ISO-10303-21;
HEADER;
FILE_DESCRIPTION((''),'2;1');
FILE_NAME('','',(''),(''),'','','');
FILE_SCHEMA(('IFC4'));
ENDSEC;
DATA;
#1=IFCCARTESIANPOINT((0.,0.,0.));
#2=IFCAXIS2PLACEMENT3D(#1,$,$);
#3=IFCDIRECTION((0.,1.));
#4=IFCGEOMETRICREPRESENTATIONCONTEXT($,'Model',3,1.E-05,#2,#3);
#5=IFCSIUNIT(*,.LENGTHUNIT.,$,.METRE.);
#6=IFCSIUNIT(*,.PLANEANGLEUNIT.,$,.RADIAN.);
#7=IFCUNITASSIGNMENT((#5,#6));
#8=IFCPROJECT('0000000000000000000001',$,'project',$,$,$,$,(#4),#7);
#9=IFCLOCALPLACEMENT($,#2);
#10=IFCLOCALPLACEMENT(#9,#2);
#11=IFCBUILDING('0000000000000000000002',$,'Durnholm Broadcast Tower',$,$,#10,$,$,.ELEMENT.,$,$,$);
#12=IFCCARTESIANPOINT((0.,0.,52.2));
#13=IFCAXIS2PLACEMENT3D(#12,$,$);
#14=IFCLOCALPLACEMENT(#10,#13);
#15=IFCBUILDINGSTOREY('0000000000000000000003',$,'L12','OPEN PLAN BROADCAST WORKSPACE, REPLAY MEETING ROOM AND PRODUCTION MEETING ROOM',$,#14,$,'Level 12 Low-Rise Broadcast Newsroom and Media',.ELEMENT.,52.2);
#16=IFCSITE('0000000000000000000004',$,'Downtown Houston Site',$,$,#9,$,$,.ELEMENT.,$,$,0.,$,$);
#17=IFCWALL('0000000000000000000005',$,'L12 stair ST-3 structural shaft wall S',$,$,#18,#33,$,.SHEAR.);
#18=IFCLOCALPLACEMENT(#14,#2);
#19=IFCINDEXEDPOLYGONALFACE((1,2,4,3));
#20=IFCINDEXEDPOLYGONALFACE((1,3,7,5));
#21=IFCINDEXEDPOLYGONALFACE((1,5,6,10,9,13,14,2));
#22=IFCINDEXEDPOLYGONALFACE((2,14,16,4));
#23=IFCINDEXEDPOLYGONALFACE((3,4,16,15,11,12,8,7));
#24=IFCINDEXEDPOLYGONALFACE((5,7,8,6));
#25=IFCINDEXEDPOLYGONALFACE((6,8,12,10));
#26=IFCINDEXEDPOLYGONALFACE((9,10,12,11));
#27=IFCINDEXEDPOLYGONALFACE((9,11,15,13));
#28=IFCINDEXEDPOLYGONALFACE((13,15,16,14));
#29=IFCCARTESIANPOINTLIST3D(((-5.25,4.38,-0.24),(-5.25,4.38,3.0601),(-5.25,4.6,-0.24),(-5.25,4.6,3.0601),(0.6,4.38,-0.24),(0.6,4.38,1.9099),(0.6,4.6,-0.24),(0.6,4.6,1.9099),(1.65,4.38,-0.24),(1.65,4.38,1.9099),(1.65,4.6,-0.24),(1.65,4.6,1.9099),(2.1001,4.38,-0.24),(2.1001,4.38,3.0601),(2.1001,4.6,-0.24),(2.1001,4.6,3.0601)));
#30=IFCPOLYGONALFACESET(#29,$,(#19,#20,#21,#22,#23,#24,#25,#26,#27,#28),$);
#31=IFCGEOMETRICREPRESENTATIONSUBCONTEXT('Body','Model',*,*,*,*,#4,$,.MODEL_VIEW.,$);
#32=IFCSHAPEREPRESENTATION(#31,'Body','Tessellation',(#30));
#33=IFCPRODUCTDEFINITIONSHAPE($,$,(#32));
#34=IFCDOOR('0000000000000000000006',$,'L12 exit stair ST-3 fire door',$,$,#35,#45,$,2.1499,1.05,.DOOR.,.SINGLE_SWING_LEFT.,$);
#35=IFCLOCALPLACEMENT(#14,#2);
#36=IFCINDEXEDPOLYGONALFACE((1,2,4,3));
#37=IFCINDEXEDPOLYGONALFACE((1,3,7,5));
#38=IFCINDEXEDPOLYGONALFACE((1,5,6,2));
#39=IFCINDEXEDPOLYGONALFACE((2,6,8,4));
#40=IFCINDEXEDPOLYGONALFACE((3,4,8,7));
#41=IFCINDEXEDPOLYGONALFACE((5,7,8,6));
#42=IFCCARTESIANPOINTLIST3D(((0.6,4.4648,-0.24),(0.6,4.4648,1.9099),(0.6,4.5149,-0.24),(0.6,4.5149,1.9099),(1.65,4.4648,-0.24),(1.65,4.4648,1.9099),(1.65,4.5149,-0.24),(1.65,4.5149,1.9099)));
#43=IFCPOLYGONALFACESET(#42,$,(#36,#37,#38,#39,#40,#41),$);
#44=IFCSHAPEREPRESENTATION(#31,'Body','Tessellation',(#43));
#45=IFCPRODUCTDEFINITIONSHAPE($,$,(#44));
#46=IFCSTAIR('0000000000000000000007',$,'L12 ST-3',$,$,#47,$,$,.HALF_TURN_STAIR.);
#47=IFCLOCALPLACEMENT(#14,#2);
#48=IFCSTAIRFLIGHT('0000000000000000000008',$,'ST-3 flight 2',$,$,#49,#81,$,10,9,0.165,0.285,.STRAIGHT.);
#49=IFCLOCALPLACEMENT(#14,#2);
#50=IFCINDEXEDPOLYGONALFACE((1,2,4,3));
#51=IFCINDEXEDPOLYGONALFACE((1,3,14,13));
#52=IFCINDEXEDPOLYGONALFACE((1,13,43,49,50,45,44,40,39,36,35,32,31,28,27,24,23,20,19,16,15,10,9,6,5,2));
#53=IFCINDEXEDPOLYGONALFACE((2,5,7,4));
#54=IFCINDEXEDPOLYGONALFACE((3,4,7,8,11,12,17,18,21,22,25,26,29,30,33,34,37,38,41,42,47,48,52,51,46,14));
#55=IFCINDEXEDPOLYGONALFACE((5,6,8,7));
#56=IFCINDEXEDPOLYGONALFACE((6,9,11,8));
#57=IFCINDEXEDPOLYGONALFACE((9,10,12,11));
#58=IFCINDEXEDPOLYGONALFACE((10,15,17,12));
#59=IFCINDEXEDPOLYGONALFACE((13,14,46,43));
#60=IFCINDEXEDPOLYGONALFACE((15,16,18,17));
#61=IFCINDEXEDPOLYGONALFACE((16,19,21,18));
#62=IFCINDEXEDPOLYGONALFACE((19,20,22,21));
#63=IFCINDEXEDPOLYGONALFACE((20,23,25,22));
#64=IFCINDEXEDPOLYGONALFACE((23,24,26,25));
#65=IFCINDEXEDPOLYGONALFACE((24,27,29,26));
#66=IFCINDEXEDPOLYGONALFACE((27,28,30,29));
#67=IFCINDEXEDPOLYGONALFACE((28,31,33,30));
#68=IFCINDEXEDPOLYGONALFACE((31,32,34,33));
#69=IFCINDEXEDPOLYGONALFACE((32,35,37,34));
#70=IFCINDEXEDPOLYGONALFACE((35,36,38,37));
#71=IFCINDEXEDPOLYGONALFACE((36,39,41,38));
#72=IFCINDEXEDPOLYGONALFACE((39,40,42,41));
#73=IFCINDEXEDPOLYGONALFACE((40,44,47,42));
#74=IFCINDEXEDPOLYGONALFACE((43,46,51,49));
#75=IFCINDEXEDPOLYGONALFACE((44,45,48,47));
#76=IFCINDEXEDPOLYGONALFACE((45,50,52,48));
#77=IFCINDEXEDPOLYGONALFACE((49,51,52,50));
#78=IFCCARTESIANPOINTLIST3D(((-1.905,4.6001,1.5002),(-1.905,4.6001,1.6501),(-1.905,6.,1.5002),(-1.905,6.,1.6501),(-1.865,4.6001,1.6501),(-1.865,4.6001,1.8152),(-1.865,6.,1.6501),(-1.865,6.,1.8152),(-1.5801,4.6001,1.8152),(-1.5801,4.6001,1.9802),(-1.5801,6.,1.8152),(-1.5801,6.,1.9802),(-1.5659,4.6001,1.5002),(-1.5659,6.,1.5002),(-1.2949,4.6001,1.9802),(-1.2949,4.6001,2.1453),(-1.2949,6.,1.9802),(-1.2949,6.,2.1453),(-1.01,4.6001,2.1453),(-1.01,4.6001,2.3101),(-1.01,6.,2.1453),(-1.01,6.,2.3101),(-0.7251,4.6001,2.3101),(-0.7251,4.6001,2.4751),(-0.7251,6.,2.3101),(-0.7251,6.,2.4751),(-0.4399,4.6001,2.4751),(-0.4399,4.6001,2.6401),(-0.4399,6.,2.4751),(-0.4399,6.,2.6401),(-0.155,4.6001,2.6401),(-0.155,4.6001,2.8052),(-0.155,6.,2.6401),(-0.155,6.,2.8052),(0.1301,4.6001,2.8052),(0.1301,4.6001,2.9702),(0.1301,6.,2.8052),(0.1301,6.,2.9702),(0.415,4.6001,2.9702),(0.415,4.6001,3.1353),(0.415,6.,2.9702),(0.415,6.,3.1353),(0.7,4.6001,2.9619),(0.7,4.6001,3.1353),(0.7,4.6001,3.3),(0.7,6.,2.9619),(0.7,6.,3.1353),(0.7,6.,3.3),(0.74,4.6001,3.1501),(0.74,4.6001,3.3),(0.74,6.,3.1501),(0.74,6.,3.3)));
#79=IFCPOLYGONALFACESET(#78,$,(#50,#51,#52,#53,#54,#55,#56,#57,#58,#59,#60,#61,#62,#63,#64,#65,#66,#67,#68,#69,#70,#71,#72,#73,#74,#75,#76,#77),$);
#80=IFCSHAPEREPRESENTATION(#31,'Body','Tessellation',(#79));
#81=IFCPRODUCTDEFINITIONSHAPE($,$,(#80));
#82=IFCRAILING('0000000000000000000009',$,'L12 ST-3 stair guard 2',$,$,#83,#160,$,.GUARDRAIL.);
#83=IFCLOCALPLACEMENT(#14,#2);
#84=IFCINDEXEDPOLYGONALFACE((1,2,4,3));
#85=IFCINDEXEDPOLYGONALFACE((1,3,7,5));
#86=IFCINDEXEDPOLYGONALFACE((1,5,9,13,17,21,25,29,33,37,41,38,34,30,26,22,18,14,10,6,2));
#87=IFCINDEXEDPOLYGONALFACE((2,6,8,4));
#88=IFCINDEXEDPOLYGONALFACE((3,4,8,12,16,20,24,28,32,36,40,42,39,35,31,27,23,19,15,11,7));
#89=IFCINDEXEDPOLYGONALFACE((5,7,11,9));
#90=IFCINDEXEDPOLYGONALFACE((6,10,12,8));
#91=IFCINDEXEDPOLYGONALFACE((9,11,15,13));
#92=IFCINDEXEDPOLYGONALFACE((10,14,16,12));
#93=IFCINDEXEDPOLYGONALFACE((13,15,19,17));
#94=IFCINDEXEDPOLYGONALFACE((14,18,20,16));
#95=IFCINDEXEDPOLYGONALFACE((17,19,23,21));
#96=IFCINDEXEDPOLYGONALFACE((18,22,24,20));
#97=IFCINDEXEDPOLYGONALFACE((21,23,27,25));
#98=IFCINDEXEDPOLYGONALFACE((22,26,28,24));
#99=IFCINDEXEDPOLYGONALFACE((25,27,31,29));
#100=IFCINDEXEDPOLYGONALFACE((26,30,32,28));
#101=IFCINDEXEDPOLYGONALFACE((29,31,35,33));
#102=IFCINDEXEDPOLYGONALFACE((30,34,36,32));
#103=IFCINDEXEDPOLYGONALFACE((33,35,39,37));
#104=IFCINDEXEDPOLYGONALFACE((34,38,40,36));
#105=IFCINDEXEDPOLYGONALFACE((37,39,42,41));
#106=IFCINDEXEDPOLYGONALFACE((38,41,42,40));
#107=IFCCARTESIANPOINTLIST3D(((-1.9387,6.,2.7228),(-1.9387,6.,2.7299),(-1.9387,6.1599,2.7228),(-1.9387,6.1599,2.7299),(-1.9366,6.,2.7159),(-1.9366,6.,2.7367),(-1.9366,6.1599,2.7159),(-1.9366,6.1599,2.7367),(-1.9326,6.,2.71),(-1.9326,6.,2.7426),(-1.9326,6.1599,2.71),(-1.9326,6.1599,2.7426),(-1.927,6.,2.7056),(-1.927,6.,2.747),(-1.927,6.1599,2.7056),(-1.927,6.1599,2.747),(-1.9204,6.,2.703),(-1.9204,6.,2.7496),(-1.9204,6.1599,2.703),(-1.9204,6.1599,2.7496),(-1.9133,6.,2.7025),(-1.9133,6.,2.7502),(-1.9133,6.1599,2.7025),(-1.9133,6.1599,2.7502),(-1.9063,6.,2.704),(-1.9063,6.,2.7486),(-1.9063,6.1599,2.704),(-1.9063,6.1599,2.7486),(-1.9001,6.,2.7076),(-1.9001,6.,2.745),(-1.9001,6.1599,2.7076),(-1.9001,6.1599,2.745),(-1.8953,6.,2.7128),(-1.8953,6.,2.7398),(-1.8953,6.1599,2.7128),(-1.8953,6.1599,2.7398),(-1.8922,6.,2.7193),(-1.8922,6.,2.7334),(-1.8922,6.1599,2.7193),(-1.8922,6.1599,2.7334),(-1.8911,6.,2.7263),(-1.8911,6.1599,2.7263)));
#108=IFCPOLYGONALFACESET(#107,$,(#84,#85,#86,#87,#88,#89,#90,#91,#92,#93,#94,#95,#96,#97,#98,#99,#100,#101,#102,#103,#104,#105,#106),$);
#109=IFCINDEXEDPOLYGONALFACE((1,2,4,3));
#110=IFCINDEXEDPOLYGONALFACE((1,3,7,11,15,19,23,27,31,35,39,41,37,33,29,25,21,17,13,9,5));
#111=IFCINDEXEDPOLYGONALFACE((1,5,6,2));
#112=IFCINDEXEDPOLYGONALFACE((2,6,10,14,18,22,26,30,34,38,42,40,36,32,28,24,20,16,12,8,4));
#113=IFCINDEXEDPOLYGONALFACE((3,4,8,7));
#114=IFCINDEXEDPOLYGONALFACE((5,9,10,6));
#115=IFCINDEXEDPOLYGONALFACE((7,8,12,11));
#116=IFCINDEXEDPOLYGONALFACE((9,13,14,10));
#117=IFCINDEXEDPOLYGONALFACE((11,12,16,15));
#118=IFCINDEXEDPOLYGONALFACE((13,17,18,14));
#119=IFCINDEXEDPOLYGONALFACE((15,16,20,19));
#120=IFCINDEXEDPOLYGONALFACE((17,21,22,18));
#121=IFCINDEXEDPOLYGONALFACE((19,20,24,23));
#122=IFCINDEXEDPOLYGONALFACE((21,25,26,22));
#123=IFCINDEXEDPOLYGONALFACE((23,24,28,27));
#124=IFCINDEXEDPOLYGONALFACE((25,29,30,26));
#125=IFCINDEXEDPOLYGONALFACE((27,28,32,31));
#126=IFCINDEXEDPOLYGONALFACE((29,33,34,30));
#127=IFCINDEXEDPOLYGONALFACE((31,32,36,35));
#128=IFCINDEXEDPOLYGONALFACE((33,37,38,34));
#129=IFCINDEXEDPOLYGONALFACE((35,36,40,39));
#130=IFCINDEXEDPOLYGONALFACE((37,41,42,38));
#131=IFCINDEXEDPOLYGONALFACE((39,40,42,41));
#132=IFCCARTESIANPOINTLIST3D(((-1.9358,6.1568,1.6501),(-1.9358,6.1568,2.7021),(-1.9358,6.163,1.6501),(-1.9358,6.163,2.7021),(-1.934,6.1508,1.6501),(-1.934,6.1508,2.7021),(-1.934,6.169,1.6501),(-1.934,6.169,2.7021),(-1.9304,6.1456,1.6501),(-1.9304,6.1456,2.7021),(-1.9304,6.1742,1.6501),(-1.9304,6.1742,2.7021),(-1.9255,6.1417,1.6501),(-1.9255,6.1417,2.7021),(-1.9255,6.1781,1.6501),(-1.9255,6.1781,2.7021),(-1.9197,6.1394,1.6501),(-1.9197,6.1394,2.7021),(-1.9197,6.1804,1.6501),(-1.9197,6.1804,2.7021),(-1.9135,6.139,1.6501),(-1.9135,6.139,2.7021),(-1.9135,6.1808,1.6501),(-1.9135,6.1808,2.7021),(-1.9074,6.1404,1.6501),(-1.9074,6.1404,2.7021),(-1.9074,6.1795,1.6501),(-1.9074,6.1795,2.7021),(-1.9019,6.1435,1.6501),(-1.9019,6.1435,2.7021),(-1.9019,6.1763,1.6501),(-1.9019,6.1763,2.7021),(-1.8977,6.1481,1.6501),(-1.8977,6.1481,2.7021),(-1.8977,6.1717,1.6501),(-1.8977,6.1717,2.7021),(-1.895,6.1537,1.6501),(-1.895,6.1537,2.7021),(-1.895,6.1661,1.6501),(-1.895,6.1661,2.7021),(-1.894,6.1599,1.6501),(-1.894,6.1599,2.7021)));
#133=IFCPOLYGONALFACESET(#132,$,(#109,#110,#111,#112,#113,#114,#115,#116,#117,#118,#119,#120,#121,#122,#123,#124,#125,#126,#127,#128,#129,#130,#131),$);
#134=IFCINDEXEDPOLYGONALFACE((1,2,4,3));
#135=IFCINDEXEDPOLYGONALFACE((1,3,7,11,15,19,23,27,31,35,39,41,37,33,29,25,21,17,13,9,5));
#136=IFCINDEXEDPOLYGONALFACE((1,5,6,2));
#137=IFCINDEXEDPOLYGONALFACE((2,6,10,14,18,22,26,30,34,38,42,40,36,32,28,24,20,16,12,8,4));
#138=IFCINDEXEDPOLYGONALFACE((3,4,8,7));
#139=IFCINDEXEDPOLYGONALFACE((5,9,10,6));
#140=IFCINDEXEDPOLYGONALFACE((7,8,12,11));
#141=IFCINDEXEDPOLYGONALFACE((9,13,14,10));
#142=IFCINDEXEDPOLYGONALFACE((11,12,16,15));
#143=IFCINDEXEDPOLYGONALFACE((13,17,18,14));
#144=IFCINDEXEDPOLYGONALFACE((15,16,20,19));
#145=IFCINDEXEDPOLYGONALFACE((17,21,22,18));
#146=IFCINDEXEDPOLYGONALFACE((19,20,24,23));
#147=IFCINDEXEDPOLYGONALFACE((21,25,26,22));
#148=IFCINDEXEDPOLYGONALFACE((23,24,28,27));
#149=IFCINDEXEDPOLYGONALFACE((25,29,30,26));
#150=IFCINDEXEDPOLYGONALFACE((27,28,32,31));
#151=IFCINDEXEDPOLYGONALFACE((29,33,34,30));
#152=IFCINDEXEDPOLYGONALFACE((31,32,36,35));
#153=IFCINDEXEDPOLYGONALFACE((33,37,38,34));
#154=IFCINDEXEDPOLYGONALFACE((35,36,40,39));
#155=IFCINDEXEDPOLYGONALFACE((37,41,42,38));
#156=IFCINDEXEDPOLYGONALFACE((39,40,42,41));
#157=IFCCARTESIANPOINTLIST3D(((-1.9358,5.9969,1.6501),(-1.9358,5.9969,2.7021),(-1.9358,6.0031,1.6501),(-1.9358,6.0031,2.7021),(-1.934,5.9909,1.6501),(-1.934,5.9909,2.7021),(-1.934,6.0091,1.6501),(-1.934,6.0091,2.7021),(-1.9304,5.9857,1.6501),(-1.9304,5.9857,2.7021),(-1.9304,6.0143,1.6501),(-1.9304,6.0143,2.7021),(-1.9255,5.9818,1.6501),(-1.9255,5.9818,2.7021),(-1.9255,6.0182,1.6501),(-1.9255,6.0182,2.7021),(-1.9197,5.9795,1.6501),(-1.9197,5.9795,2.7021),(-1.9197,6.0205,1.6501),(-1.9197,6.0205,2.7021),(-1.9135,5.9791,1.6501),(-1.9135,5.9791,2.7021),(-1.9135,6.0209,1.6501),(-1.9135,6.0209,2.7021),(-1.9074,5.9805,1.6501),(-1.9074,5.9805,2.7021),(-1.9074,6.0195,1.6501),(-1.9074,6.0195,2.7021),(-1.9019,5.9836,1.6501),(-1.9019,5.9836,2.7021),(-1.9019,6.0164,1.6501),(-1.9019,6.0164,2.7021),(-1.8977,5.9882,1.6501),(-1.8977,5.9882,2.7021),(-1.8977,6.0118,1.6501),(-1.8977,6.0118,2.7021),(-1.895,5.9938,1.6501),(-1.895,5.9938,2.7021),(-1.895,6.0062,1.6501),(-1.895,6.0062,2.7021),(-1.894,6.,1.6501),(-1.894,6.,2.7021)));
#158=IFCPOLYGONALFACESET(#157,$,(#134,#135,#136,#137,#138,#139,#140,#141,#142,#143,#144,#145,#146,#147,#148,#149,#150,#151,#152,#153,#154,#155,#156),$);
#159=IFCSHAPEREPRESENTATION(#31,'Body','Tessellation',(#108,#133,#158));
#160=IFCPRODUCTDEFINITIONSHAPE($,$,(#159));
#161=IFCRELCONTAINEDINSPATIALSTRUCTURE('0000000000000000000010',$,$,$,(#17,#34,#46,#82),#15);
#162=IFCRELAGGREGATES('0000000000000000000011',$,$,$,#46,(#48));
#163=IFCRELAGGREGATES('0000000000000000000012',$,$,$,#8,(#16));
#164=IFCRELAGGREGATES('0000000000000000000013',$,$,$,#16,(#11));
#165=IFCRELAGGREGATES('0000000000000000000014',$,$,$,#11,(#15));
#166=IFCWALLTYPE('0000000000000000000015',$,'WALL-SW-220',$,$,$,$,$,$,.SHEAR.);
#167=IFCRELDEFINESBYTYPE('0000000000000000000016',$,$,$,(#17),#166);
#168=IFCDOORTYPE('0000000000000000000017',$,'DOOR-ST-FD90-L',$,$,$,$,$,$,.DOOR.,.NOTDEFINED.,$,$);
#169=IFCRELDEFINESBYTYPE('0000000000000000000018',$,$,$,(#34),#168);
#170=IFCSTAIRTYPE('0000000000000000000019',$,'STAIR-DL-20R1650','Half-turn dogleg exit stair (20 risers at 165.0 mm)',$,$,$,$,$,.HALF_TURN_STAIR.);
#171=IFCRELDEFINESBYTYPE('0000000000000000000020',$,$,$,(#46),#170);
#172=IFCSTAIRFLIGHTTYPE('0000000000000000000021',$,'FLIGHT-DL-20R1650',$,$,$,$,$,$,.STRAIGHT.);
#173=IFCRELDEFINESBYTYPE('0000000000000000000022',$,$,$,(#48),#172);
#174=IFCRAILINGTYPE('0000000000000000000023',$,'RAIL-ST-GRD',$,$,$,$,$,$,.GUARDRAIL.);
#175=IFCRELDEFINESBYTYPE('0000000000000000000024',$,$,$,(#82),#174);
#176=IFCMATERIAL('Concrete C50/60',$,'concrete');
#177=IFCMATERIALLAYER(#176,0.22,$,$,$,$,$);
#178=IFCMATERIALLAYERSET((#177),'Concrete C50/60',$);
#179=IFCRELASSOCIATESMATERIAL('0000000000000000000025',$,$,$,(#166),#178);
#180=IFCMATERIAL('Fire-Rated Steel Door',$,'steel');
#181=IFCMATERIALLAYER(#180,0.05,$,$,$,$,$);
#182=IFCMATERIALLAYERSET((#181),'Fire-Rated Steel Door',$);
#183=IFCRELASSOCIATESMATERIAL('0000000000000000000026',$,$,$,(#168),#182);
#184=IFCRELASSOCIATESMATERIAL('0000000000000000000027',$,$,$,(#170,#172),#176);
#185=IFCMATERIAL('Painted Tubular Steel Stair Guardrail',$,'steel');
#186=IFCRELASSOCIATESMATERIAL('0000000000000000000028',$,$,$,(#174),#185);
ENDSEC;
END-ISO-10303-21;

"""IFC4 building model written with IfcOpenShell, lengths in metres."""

from ifc_helpers import new_model, si_unit, direction, frame, frame_2d, origin, origin_2d, place, context, subcontext, project, spatial, polyline, rectangle, circle, outline, extrude, source, transform, mapped, material, layer, layer_set, type_object, type_shapes, element, fill, aggregate, save


model = new_model("IFC4")

# Units and contexts
model_context = context("Model", 3, precision=1e-05, world=origin(), true_north=direction((0.0, 1.0)))
body_context = subcontext(model_context, "Body", "Model", "MODEL_VIEW")
ifc_project = project(units=[si_unit("LENGTHUNIT", "METRE"), si_unit("PLANEANGLEUNIT", "RADIAN")], contexts=[model_context])

# Site, building, storey
site_placement = place(None, origin())
site = spatial("IfcSite", under=ifc_project, at=site_placement, Name="Downtown Houston Site", CompositionType="ELEMENT", RefElevation=0.0)
building_placement = place(site_placement, origin())
building = spatial("IfcBuilding", under=site, at=building_placement, Name="Durnholm Broadcast Tower", CompositionType="ELEMENT")
storey_placement = place(building_placement, frame((0.0, 0.0, 52.2)))
storey = spatial("IfcBuildingStorey", under=building, at=storey_placement, Name="L12", Description="OPEN PLAN BROADCAST WORKSPACE, REPLAY MEETING ROOM AND PRODUCTION MEETING ROOM", LongName="Level 12 Low-Rise Broadcast Newsroom and Media", CompositionType="ELEMENT", Elevation=52.2)

# Shared definitions
ifc_material_1 = material(Name="Concrete C50/60", Category="concrete")

# Shared definitions
ifc_layer_1 = layer(ifc_material_1, 0.22)
ifc_layer_set_1 = layer_set([ifc_layer_1], Name="Concrete C50/60")
wall_type_1 = type_object("IfcWallType", Name="WALL-SW-220", PredefinedType="SHEAR", material=ifc_layer_set_1)

# Wall, opening, door
wall_1_placement = place(storey_placement, frame((-5.25, 4.49, -0.24), z_axis=(0.0, 0.0, 1.0), x_axis=(1.0, 0.0, 0.0)))
wall_1 = element("IfcWall", 1, at=wall_1_placement, inside=storey, type_object=wall_type_1, Name="L12 stair ST-3 structural shaft wall S", PredefinedType="SHEAR", context=body_context, shape_type="SweptSolid", body=[
    extrude(rectangle(XDim=7.3501, YDim=0.22, at=frame_2d((3.675, 0.0))), origin(), (0.0, 0.0, 1.0), 3.3),
])
opening_1_placement = place(wall_1_placement, frame((5.8501, 0.0, 0.0)))
opening_1 = element("IfcOpeningElement", 2, at=opening_1_placement, cuts=wall_1, PredefinedType="OPENING", context=body_context, shape_type="SweptSolid", body=[
    extrude(rectangle(XDim=1.05, YDim=2.1499, at=frame_2d((0.5249, 1.075))), frame((0.0, 0.1201, 0.0), z_axis=(0.0, -1.0, 0.0), x_axis=(1.0, 0.0, 0.0)), (0.0, 0.0, 1.0), 0.24),
])
ifc_material_2 = material(Name="Fire-Rated Steel Door", Category="steel")
ifc_layer_2 = layer(ifc_material_2, 0.05)
ifc_layer_set_2 = layer_set([ifc_layer_2], Name="Fire-Rated Steel Door")
door_type_1 = type_object("IfcDoorType", Name="DOOR-ST-FD90-L", OperationType="NOTDEFINED", PredefinedType="DOOR", material=ifc_layer_set_2)
shared_shape_1 = source(origin(), body_context, "Body", "SweptSolid", [
    extrude(rectangle(XDim=1.05, YDim=2.1499, at=frame_2d((0.5249, 1.075))), frame((0.0, 0.0249, 0.0), z_axis=(0.0, -1.0, 0.0), x_axis=(1.0, 0.0, 0.0)), (0.0, 0.0, 1.0), 0.05),
])
type_shapes(door_type_1, [shared_shape_1])
door_1_placement = place(opening_1_placement, origin())
door_1 = element("IfcDoor", 3, at=door_1_placement, inside=storey, type_object=door_type_1, Name="L12 exit stair ST-3 fire door", OperationType="SINGLE_SWING_LEFT", OverallHeight=2.1499, OverallWidth=1.05, PredefinedType="DOOR", context=body_context, shape_type="MappedRepresentation", body=[
    mapped(shared_shape_1, transform((0.0, 0.0, 0.0), x_axis=(1.0, 0.0, 0.0), y_axis=(0.0, 1.0, 0.0), z_axis=(0.0, 0.0, 1.0), scale=1.0)),
])
fill(opening_1, door_1)

# Stair, stair flight
stair_type = type_object("IfcStairType", Name="STAIR-DL-20R1650", Description="Half-turn dogleg exit stair (20 risers at 165.0 mm)", PredefinedType="HALF_TURN_STAIR", material=ifc_material_1)
stair_placement = place(storey_placement, origin())
stair = element("IfcStair", 4, at=stair_placement, inside=storey, type_object=stair_type, Name="L12 ST-3", PredefinedType="HALF_TURN_STAIR")
stair_flight_type = type_object("IfcStairFlightType", Name="FLIGHT-DL-20R1650", PredefinedType="STRAIGHT", material=ifc_material_1)
stair_flight_placement = place(storey_placement, frame((-1.865, 5.3, 1.6501), z_axis=(0.0, 0.0, 1.0), x_axis=(1.0, 0.0, 0.0)))
stair_flight = element("IfcStairFlight", 5, at=stair_flight_placement, type_object=stair_flight_type, Name="ST-3 flight 2", NumberOfRisers=10, NumberOfTreads=9, PredefinedType="STRAIGHT", RiserHeight=0.165, TreadLength=0.285, context=body_context, shape_type="SweptSolid", body=[
    extrude(outline(polyline([(-0.04, -0.1499), (-0.04, 0.0), (0.0, 0.0), (0.0, 0.165), (0.2849, 0.165), (0.2849, 0.3301), (0.5701, 0.3301), (0.5701, 0.4951), (0.855, 0.4951), (0.855, 0.6599), (1.1399, 0.6599), (1.1399, 0.825), (1.425, 0.825), (1.425, 0.99), (1.71, 0.99), (1.71, 1.155), (1.9951, 1.155), (1.9951, 1.3201), (2.28, 1.3201), (2.28, 1.4851), (2.5649, 1.4851), (2.5649, 1.6499), (2.605, 1.6499), (2.605, 1.5), (2.5649, 1.3118), (0.2991, -0.1499), (-0.04, -0.1499)])), frame((0.0, 0.7, 0.0), z_axis=(0.0, -1.0, 0.0), x_axis=(1.0, 0.0, 0.0)), (0.0, 0.0, 1.0), 1.3999),
])
aggregate(stair, [stair_flight])

# Railing
ifc_material_3 = material(Name="Painted Tubular Steel Stair Guardrail", Category="steel")
railing_type_1 = type_object("IfcRailingType", Name="RAIL-ST-GRD", PredefinedType="GUARDRAIL", material=ifc_material_3)
railing_1_placement = place(storey_placement, frame((-1.915, 6.1599, 1.6501)))
element("IfcRailing", 6, at=railing_1_placement, inside=storey, type_object=railing_type_1, Name="L12 ST-3 stair guard 2", PredefinedType="GUARDRAIL", context=body_context, shape_type="SweptSolid", body=[
    extrude(circle(Radius=0.0239, at=origin_2d()), frame((0.0, 0.0, 1.0762), z_axis=(0.0, -1.0, 0.0), x_axis=(1.0, 0.0, 0.0)), (0.0, 0.0, 1.0), 0.1599),
    extrude(circle(Radius=0.021, at=origin_2d()), origin(), (0.0, 0.0, 1.0), 1.052),
    extrude(circle(Radius=0.021, at=origin_2d()), frame((0.0, -0.1599, 0.0)), (0.0, 0.0, 1.0), 1.052),
])

save(model, "model.ifc")
